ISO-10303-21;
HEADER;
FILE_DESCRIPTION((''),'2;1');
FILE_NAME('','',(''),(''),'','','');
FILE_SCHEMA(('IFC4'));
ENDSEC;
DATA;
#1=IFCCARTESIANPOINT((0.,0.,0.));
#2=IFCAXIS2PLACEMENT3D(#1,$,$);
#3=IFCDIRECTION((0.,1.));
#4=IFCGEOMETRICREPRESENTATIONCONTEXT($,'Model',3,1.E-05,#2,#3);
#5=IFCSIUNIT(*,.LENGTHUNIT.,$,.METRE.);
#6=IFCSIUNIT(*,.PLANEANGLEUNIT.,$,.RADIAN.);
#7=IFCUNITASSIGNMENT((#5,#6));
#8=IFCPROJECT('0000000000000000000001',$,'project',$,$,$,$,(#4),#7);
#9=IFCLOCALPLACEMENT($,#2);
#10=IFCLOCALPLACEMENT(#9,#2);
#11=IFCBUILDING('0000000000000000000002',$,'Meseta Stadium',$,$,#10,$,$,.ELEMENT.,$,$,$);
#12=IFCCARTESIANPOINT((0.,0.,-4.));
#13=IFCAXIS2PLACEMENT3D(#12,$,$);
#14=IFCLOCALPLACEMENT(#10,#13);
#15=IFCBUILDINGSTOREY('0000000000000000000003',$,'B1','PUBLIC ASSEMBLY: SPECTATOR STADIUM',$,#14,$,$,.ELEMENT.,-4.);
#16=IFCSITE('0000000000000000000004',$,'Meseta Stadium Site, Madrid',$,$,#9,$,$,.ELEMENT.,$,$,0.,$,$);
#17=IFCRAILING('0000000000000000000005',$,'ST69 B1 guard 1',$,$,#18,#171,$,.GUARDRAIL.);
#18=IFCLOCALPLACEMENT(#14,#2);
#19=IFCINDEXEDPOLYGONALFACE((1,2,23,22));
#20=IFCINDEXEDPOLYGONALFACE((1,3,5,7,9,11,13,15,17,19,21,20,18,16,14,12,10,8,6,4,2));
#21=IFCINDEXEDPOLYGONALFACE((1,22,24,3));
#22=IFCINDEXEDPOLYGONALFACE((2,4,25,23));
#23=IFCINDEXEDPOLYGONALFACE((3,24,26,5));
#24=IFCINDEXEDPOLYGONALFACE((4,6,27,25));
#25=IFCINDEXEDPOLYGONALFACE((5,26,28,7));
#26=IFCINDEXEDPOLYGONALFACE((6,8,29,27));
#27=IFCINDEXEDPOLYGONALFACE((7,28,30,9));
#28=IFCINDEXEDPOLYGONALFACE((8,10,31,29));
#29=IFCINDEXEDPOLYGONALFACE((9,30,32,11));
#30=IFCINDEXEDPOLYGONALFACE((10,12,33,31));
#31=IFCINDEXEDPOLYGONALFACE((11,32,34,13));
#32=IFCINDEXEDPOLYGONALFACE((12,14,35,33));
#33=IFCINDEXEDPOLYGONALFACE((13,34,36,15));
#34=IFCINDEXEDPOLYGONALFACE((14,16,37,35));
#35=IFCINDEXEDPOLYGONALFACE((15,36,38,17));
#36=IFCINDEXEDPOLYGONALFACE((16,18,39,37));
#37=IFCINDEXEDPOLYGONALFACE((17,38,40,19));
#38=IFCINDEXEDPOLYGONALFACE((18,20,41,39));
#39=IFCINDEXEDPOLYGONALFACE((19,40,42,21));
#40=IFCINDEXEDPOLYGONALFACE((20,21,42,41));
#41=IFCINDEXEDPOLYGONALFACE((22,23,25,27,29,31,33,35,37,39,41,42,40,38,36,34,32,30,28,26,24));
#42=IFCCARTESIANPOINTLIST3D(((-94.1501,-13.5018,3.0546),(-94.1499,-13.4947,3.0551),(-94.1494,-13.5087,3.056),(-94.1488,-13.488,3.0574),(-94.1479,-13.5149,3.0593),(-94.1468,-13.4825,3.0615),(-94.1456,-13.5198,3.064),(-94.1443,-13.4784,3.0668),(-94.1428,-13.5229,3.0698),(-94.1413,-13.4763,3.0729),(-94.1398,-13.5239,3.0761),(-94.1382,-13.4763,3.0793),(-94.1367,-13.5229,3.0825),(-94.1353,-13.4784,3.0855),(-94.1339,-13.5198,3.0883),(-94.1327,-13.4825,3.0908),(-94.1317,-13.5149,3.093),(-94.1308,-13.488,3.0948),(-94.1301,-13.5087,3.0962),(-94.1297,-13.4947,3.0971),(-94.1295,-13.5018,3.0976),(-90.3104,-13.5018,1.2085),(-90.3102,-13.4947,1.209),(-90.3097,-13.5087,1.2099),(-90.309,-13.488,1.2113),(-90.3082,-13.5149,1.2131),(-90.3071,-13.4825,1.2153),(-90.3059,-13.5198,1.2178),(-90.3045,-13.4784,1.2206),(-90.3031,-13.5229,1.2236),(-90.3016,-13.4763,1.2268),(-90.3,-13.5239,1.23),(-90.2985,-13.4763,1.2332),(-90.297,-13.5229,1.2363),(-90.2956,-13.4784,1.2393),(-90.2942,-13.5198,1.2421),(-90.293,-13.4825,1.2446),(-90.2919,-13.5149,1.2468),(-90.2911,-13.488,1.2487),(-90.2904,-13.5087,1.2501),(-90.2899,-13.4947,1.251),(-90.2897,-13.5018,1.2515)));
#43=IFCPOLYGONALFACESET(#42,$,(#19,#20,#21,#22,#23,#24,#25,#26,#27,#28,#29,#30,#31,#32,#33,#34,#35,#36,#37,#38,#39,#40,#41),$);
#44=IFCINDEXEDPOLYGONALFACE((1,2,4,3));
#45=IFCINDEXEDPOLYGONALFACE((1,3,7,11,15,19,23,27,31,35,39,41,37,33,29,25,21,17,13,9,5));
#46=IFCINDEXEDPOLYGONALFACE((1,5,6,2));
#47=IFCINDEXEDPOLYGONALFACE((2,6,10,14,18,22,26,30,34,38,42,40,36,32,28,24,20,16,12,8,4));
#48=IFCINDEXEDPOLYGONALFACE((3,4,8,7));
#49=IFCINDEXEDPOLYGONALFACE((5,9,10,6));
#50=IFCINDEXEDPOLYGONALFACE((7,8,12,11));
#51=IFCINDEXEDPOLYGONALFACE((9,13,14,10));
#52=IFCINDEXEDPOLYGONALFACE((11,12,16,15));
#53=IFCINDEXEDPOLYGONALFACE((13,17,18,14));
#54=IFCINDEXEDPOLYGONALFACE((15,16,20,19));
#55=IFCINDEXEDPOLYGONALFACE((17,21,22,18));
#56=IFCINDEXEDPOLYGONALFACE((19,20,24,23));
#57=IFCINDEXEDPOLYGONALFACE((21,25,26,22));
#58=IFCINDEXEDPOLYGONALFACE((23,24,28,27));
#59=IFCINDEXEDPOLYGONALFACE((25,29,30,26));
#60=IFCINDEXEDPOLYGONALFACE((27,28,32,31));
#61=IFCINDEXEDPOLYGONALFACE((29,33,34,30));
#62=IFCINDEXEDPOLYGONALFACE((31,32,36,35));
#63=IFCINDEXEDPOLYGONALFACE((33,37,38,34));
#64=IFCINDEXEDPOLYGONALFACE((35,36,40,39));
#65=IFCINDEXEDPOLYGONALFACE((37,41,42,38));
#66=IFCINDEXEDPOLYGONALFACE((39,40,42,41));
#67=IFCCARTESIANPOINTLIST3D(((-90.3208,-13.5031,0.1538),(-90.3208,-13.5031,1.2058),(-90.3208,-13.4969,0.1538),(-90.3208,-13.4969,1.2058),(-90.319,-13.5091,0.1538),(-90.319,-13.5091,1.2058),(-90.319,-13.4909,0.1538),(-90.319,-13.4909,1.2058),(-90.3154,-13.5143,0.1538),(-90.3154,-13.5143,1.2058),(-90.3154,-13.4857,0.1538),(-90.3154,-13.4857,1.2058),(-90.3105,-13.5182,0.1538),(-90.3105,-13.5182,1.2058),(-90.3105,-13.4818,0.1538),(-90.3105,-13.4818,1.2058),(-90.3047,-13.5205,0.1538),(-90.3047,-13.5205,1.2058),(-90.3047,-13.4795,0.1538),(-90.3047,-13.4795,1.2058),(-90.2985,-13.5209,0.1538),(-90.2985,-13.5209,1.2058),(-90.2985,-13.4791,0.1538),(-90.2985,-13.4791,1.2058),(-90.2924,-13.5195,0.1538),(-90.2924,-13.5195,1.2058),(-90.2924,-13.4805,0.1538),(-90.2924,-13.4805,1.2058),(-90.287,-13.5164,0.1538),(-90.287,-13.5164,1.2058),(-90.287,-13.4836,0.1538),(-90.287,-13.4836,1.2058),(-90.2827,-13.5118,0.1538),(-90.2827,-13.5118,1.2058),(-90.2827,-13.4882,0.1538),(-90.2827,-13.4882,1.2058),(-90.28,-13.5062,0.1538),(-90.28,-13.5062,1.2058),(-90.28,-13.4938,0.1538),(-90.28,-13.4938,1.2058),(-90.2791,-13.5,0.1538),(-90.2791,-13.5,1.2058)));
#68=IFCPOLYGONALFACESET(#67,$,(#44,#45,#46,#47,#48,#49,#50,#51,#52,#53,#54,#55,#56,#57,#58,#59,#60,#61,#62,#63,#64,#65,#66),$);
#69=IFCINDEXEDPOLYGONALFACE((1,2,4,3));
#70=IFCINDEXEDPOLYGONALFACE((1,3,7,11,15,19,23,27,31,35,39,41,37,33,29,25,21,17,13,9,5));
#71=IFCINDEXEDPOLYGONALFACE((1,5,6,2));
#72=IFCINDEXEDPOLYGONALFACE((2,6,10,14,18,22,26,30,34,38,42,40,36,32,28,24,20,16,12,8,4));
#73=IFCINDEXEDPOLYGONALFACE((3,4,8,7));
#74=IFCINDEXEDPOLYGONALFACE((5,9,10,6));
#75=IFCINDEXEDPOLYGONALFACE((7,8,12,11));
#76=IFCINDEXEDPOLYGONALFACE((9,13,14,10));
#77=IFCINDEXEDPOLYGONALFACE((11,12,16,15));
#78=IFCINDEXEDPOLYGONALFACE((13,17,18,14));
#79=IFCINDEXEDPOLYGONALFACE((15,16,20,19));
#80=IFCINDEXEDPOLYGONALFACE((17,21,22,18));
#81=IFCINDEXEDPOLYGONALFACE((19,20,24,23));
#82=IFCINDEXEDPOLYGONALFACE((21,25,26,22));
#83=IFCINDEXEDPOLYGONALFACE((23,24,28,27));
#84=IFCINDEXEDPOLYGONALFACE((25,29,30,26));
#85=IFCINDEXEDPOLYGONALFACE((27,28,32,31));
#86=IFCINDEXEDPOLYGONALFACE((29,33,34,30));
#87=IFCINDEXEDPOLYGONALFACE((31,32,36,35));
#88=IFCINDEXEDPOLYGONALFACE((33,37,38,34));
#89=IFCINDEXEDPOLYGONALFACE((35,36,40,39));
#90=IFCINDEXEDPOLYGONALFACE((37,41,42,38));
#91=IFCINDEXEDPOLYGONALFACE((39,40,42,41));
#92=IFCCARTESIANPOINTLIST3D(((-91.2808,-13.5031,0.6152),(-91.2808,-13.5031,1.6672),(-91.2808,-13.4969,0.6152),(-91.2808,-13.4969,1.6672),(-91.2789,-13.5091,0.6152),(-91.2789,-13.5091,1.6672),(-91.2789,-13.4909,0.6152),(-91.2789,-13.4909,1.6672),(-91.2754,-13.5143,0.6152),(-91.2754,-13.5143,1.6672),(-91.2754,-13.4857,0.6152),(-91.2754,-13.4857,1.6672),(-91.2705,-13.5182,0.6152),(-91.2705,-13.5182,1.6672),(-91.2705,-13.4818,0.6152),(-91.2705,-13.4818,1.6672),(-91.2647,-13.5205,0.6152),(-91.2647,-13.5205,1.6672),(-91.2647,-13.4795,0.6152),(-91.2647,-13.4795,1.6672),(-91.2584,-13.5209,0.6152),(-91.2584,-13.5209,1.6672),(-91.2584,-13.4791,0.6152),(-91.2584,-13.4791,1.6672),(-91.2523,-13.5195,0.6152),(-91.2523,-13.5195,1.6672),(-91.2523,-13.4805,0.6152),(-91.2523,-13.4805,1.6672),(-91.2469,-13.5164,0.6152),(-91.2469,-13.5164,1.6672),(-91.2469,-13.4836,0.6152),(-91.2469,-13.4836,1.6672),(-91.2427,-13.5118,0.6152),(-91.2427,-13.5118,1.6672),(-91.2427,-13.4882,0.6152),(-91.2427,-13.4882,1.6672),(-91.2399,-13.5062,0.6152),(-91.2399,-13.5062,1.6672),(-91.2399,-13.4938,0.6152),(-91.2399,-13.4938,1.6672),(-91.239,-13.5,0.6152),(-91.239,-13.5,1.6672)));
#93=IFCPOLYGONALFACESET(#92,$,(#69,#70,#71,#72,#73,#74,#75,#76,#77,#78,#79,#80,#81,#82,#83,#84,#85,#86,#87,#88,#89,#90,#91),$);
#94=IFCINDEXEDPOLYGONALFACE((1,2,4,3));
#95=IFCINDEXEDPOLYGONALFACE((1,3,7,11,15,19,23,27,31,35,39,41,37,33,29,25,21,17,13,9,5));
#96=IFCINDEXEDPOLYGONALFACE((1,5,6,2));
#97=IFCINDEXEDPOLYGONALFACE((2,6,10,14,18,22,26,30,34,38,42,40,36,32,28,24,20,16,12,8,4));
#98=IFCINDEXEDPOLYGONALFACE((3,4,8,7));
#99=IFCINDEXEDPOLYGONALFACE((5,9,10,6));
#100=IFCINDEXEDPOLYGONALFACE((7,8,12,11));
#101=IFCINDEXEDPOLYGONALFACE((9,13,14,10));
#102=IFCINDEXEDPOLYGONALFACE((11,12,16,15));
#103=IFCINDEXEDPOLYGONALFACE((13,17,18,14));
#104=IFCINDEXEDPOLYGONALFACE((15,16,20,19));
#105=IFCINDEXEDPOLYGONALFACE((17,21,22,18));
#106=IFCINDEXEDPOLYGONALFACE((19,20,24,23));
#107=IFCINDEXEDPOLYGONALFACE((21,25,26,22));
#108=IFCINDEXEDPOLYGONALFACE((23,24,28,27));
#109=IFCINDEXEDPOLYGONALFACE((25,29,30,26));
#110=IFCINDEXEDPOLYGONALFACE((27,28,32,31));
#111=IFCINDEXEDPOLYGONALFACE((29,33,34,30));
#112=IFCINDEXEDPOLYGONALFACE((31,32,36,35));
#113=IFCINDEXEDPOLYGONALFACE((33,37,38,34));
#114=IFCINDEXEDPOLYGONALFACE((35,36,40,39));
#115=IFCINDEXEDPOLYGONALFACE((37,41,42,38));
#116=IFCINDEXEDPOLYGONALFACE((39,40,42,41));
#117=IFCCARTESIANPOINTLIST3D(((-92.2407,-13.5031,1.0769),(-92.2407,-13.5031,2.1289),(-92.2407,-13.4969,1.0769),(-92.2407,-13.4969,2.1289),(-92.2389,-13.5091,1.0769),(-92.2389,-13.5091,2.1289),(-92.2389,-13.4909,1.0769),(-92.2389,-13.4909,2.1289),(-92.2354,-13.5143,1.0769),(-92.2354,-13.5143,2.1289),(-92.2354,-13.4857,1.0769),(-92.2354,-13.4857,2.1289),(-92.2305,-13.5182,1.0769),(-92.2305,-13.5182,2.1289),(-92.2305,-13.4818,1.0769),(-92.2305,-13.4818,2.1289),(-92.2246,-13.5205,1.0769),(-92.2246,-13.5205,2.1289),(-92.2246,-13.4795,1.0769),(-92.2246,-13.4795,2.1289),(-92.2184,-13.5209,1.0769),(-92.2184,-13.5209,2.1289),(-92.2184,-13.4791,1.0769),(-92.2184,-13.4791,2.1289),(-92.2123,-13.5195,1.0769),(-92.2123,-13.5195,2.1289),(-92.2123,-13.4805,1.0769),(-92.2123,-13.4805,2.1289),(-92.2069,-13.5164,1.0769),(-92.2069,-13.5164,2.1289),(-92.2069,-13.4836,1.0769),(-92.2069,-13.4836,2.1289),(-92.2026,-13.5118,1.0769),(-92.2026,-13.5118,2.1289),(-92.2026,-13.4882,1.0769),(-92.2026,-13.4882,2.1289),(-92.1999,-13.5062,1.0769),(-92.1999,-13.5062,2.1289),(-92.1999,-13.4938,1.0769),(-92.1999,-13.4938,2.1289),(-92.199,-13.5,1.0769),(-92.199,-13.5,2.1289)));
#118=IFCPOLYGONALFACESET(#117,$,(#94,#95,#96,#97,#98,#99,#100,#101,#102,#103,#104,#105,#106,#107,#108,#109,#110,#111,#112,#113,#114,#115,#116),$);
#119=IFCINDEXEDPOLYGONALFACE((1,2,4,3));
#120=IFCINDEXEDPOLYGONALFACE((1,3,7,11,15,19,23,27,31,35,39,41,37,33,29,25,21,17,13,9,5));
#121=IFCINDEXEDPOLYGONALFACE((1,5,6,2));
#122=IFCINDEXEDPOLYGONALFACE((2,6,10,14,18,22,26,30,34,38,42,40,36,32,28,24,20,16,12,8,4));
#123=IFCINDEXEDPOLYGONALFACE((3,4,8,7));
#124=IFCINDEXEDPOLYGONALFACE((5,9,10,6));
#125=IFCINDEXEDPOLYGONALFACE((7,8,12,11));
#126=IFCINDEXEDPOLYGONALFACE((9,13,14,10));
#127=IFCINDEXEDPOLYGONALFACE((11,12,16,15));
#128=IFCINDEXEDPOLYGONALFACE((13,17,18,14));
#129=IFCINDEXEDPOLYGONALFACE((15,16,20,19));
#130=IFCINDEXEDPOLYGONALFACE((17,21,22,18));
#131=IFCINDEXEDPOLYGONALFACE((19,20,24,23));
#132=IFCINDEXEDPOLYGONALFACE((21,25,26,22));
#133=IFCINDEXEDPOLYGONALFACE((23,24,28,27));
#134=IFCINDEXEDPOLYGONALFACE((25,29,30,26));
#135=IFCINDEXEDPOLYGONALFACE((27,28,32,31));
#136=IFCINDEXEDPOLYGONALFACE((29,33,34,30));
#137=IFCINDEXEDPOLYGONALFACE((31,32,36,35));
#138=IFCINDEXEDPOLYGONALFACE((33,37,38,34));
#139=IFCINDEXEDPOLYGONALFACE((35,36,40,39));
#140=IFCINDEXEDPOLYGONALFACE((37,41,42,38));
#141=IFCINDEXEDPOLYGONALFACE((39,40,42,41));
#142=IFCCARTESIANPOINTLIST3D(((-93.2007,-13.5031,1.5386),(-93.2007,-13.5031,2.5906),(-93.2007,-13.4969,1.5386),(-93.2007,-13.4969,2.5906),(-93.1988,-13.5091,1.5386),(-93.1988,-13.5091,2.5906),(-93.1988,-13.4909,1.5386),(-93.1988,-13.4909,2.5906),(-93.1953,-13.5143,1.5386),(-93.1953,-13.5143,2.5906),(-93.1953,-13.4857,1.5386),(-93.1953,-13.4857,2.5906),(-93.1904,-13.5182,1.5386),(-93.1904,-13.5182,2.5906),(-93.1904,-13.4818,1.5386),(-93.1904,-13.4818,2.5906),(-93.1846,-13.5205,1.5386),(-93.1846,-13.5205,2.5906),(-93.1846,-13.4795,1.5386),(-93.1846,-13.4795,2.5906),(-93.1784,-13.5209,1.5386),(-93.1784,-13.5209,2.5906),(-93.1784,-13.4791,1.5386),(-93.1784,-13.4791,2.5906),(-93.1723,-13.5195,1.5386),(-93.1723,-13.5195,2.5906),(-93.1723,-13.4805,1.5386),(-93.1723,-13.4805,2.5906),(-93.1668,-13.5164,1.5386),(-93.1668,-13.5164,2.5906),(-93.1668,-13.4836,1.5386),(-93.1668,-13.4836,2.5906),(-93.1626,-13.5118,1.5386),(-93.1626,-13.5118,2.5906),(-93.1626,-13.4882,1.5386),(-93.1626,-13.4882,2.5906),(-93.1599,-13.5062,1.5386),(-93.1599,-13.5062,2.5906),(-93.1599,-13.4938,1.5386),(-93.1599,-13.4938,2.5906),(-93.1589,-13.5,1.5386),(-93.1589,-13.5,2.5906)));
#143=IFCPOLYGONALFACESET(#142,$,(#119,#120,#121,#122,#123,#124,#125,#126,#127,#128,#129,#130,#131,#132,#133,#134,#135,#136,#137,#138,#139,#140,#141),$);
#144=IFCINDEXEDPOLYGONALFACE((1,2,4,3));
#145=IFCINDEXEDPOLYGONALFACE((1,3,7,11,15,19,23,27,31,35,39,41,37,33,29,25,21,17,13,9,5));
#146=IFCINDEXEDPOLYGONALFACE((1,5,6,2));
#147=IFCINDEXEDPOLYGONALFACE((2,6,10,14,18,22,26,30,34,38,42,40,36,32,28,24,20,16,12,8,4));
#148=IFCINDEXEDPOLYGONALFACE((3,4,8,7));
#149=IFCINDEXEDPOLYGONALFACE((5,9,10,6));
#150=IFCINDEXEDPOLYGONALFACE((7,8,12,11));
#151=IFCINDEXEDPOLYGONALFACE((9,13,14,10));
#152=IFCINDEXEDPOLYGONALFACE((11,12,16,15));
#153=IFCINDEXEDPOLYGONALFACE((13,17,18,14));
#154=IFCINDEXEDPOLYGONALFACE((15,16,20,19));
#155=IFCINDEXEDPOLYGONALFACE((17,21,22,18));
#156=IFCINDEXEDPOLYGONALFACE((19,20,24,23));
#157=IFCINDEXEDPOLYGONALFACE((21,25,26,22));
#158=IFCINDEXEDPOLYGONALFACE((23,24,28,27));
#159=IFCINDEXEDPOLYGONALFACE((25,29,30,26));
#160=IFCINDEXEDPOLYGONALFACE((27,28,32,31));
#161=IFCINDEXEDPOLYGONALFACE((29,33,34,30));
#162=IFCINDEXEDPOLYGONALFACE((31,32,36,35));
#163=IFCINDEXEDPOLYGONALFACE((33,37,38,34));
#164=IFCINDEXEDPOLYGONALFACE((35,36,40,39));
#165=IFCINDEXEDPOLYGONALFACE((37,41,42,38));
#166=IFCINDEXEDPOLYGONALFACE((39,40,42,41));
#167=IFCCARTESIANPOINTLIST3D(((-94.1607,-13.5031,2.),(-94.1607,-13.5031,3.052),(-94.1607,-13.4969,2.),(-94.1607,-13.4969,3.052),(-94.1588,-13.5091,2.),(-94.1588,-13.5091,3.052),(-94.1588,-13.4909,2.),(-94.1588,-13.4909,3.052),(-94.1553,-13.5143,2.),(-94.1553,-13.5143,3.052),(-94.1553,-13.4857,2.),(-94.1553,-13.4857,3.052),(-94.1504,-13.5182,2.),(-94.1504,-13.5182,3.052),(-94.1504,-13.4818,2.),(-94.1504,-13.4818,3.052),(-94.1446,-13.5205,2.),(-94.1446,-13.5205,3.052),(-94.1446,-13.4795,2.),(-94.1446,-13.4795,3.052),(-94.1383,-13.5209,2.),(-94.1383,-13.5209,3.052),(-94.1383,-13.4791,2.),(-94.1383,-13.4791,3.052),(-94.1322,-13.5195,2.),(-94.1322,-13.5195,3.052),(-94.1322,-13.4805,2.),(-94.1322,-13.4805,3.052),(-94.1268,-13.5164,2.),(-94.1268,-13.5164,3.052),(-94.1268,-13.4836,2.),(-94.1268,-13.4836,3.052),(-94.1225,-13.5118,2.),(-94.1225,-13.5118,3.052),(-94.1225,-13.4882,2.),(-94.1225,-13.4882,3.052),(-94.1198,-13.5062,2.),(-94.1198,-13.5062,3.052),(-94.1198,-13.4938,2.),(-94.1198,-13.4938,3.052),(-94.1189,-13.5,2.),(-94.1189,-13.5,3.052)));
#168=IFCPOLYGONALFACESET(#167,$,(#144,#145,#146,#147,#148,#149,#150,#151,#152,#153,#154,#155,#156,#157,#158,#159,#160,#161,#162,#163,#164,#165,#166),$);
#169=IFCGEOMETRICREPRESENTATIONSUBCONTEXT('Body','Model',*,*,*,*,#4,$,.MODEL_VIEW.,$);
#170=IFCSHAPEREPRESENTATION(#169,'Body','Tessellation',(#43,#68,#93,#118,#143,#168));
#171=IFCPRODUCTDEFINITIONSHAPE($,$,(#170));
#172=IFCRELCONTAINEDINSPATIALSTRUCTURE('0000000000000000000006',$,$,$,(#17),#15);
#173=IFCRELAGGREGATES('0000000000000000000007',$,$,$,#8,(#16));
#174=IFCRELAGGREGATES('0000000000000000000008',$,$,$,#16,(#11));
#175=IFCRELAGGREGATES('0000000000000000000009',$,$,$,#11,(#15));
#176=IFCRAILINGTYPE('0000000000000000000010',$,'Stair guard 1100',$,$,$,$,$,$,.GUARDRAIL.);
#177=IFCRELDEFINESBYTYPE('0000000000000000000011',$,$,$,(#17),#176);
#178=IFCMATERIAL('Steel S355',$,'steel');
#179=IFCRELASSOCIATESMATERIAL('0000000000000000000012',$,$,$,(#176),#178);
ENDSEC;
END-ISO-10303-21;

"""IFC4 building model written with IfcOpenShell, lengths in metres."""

from ifc_helpers import new_model, si_unit, direction, frame, origin, origin_2d, place, context, subcontext, project, spatial, circle, extrude, material, type_object, element, save


model = new_model("IFC4")

# Units and contexts
model_context = context("Model", 3, precision=1e-05, world=origin(), true_north=direction((0.0, 1.0)))
body_context = subcontext(model_context, "Body", "Model", "MODEL_VIEW")
ifc_project = project(units=[si_unit("LENGTHUNIT", "METRE"), si_unit("PLANEANGLEUNIT", "RADIAN")], contexts=[model_context])

# Site, building, storey
site_placement = place(None, origin())
site = spatial("IfcSite", under=ifc_project, at=site_placement, Name="Meseta Stadium Site, Madrid", CompositionType="ELEMENT", RefElevation=0.0)
building_placement = place(site_placement, origin())
building = spatial("IfcBuilding", under=site, at=building_placement, Name="Meseta Stadium", CompositionType="ELEMENT")
storey_placement = place(building_placement, frame((0.0, 0.0, -4.0)))
storey = spatial("IfcBuildingStorey", under=building, at=storey_placement, Name="B1", Description="PUBLIC ASSEMBLY: SPECTATOR STADIUM", CompositionType="ELEMENT", Elevation=-4.0)

# Railing
ifc_material_1 = material(Name="Steel S355", Category="steel")
railing_type = type_object("IfcRailingType", Name="Stair guard 1100", PredefinedType="GUARDRAIL", material=ifc_material_1)
railing_placement = place(storey_placement, frame((-90.3, -13.5, 0.1538)))
element("IfcRailing", 1, at=railing_placement, inside=storey, type_object=railing_type, Name="ST69 B1 guard 1", PredefinedType="GUARDRAIL", context=body_context, shape_type="SweptSolid", body=[
    extrude(circle(Radius=0.0239, at=origin_2d()), frame((0.0, 0.0, 1.0762), z_axis=(-0.901242, 0.0, 0.433316), x_axis=(0.0, -1.0, 0.0)), (0.0, 0.0, 1.0), 4.2605),
    extrude(circle(Radius=0.021, at=origin_2d()), origin(), (0.0, 0.0, 1.0), 1.052),
    extrude(circle(Radius=0.021, at=origin_2d()), frame((-0.96, 0.0, 0.4614)), (0.0, 0.0, 1.0), 1.052),
    extrude(circle(Radius=0.021, at=origin_2d()), frame((-1.9199, 0.0, 0.9231)), (0.0, 0.0, 1.0), 1.052),
    extrude(circle(Radius=0.021, at=origin_2d()), frame((-2.8799, 0.0, 1.3848)), (0.0, 0.0, 1.0), 1.052),
    extrude(circle(Radius=0.021, at=origin_2d()), frame((-3.8398, 0.0, 1.8462)), (0.0, 0.0, 1.0), 1.052),
])

save(model, "model.ifc")
